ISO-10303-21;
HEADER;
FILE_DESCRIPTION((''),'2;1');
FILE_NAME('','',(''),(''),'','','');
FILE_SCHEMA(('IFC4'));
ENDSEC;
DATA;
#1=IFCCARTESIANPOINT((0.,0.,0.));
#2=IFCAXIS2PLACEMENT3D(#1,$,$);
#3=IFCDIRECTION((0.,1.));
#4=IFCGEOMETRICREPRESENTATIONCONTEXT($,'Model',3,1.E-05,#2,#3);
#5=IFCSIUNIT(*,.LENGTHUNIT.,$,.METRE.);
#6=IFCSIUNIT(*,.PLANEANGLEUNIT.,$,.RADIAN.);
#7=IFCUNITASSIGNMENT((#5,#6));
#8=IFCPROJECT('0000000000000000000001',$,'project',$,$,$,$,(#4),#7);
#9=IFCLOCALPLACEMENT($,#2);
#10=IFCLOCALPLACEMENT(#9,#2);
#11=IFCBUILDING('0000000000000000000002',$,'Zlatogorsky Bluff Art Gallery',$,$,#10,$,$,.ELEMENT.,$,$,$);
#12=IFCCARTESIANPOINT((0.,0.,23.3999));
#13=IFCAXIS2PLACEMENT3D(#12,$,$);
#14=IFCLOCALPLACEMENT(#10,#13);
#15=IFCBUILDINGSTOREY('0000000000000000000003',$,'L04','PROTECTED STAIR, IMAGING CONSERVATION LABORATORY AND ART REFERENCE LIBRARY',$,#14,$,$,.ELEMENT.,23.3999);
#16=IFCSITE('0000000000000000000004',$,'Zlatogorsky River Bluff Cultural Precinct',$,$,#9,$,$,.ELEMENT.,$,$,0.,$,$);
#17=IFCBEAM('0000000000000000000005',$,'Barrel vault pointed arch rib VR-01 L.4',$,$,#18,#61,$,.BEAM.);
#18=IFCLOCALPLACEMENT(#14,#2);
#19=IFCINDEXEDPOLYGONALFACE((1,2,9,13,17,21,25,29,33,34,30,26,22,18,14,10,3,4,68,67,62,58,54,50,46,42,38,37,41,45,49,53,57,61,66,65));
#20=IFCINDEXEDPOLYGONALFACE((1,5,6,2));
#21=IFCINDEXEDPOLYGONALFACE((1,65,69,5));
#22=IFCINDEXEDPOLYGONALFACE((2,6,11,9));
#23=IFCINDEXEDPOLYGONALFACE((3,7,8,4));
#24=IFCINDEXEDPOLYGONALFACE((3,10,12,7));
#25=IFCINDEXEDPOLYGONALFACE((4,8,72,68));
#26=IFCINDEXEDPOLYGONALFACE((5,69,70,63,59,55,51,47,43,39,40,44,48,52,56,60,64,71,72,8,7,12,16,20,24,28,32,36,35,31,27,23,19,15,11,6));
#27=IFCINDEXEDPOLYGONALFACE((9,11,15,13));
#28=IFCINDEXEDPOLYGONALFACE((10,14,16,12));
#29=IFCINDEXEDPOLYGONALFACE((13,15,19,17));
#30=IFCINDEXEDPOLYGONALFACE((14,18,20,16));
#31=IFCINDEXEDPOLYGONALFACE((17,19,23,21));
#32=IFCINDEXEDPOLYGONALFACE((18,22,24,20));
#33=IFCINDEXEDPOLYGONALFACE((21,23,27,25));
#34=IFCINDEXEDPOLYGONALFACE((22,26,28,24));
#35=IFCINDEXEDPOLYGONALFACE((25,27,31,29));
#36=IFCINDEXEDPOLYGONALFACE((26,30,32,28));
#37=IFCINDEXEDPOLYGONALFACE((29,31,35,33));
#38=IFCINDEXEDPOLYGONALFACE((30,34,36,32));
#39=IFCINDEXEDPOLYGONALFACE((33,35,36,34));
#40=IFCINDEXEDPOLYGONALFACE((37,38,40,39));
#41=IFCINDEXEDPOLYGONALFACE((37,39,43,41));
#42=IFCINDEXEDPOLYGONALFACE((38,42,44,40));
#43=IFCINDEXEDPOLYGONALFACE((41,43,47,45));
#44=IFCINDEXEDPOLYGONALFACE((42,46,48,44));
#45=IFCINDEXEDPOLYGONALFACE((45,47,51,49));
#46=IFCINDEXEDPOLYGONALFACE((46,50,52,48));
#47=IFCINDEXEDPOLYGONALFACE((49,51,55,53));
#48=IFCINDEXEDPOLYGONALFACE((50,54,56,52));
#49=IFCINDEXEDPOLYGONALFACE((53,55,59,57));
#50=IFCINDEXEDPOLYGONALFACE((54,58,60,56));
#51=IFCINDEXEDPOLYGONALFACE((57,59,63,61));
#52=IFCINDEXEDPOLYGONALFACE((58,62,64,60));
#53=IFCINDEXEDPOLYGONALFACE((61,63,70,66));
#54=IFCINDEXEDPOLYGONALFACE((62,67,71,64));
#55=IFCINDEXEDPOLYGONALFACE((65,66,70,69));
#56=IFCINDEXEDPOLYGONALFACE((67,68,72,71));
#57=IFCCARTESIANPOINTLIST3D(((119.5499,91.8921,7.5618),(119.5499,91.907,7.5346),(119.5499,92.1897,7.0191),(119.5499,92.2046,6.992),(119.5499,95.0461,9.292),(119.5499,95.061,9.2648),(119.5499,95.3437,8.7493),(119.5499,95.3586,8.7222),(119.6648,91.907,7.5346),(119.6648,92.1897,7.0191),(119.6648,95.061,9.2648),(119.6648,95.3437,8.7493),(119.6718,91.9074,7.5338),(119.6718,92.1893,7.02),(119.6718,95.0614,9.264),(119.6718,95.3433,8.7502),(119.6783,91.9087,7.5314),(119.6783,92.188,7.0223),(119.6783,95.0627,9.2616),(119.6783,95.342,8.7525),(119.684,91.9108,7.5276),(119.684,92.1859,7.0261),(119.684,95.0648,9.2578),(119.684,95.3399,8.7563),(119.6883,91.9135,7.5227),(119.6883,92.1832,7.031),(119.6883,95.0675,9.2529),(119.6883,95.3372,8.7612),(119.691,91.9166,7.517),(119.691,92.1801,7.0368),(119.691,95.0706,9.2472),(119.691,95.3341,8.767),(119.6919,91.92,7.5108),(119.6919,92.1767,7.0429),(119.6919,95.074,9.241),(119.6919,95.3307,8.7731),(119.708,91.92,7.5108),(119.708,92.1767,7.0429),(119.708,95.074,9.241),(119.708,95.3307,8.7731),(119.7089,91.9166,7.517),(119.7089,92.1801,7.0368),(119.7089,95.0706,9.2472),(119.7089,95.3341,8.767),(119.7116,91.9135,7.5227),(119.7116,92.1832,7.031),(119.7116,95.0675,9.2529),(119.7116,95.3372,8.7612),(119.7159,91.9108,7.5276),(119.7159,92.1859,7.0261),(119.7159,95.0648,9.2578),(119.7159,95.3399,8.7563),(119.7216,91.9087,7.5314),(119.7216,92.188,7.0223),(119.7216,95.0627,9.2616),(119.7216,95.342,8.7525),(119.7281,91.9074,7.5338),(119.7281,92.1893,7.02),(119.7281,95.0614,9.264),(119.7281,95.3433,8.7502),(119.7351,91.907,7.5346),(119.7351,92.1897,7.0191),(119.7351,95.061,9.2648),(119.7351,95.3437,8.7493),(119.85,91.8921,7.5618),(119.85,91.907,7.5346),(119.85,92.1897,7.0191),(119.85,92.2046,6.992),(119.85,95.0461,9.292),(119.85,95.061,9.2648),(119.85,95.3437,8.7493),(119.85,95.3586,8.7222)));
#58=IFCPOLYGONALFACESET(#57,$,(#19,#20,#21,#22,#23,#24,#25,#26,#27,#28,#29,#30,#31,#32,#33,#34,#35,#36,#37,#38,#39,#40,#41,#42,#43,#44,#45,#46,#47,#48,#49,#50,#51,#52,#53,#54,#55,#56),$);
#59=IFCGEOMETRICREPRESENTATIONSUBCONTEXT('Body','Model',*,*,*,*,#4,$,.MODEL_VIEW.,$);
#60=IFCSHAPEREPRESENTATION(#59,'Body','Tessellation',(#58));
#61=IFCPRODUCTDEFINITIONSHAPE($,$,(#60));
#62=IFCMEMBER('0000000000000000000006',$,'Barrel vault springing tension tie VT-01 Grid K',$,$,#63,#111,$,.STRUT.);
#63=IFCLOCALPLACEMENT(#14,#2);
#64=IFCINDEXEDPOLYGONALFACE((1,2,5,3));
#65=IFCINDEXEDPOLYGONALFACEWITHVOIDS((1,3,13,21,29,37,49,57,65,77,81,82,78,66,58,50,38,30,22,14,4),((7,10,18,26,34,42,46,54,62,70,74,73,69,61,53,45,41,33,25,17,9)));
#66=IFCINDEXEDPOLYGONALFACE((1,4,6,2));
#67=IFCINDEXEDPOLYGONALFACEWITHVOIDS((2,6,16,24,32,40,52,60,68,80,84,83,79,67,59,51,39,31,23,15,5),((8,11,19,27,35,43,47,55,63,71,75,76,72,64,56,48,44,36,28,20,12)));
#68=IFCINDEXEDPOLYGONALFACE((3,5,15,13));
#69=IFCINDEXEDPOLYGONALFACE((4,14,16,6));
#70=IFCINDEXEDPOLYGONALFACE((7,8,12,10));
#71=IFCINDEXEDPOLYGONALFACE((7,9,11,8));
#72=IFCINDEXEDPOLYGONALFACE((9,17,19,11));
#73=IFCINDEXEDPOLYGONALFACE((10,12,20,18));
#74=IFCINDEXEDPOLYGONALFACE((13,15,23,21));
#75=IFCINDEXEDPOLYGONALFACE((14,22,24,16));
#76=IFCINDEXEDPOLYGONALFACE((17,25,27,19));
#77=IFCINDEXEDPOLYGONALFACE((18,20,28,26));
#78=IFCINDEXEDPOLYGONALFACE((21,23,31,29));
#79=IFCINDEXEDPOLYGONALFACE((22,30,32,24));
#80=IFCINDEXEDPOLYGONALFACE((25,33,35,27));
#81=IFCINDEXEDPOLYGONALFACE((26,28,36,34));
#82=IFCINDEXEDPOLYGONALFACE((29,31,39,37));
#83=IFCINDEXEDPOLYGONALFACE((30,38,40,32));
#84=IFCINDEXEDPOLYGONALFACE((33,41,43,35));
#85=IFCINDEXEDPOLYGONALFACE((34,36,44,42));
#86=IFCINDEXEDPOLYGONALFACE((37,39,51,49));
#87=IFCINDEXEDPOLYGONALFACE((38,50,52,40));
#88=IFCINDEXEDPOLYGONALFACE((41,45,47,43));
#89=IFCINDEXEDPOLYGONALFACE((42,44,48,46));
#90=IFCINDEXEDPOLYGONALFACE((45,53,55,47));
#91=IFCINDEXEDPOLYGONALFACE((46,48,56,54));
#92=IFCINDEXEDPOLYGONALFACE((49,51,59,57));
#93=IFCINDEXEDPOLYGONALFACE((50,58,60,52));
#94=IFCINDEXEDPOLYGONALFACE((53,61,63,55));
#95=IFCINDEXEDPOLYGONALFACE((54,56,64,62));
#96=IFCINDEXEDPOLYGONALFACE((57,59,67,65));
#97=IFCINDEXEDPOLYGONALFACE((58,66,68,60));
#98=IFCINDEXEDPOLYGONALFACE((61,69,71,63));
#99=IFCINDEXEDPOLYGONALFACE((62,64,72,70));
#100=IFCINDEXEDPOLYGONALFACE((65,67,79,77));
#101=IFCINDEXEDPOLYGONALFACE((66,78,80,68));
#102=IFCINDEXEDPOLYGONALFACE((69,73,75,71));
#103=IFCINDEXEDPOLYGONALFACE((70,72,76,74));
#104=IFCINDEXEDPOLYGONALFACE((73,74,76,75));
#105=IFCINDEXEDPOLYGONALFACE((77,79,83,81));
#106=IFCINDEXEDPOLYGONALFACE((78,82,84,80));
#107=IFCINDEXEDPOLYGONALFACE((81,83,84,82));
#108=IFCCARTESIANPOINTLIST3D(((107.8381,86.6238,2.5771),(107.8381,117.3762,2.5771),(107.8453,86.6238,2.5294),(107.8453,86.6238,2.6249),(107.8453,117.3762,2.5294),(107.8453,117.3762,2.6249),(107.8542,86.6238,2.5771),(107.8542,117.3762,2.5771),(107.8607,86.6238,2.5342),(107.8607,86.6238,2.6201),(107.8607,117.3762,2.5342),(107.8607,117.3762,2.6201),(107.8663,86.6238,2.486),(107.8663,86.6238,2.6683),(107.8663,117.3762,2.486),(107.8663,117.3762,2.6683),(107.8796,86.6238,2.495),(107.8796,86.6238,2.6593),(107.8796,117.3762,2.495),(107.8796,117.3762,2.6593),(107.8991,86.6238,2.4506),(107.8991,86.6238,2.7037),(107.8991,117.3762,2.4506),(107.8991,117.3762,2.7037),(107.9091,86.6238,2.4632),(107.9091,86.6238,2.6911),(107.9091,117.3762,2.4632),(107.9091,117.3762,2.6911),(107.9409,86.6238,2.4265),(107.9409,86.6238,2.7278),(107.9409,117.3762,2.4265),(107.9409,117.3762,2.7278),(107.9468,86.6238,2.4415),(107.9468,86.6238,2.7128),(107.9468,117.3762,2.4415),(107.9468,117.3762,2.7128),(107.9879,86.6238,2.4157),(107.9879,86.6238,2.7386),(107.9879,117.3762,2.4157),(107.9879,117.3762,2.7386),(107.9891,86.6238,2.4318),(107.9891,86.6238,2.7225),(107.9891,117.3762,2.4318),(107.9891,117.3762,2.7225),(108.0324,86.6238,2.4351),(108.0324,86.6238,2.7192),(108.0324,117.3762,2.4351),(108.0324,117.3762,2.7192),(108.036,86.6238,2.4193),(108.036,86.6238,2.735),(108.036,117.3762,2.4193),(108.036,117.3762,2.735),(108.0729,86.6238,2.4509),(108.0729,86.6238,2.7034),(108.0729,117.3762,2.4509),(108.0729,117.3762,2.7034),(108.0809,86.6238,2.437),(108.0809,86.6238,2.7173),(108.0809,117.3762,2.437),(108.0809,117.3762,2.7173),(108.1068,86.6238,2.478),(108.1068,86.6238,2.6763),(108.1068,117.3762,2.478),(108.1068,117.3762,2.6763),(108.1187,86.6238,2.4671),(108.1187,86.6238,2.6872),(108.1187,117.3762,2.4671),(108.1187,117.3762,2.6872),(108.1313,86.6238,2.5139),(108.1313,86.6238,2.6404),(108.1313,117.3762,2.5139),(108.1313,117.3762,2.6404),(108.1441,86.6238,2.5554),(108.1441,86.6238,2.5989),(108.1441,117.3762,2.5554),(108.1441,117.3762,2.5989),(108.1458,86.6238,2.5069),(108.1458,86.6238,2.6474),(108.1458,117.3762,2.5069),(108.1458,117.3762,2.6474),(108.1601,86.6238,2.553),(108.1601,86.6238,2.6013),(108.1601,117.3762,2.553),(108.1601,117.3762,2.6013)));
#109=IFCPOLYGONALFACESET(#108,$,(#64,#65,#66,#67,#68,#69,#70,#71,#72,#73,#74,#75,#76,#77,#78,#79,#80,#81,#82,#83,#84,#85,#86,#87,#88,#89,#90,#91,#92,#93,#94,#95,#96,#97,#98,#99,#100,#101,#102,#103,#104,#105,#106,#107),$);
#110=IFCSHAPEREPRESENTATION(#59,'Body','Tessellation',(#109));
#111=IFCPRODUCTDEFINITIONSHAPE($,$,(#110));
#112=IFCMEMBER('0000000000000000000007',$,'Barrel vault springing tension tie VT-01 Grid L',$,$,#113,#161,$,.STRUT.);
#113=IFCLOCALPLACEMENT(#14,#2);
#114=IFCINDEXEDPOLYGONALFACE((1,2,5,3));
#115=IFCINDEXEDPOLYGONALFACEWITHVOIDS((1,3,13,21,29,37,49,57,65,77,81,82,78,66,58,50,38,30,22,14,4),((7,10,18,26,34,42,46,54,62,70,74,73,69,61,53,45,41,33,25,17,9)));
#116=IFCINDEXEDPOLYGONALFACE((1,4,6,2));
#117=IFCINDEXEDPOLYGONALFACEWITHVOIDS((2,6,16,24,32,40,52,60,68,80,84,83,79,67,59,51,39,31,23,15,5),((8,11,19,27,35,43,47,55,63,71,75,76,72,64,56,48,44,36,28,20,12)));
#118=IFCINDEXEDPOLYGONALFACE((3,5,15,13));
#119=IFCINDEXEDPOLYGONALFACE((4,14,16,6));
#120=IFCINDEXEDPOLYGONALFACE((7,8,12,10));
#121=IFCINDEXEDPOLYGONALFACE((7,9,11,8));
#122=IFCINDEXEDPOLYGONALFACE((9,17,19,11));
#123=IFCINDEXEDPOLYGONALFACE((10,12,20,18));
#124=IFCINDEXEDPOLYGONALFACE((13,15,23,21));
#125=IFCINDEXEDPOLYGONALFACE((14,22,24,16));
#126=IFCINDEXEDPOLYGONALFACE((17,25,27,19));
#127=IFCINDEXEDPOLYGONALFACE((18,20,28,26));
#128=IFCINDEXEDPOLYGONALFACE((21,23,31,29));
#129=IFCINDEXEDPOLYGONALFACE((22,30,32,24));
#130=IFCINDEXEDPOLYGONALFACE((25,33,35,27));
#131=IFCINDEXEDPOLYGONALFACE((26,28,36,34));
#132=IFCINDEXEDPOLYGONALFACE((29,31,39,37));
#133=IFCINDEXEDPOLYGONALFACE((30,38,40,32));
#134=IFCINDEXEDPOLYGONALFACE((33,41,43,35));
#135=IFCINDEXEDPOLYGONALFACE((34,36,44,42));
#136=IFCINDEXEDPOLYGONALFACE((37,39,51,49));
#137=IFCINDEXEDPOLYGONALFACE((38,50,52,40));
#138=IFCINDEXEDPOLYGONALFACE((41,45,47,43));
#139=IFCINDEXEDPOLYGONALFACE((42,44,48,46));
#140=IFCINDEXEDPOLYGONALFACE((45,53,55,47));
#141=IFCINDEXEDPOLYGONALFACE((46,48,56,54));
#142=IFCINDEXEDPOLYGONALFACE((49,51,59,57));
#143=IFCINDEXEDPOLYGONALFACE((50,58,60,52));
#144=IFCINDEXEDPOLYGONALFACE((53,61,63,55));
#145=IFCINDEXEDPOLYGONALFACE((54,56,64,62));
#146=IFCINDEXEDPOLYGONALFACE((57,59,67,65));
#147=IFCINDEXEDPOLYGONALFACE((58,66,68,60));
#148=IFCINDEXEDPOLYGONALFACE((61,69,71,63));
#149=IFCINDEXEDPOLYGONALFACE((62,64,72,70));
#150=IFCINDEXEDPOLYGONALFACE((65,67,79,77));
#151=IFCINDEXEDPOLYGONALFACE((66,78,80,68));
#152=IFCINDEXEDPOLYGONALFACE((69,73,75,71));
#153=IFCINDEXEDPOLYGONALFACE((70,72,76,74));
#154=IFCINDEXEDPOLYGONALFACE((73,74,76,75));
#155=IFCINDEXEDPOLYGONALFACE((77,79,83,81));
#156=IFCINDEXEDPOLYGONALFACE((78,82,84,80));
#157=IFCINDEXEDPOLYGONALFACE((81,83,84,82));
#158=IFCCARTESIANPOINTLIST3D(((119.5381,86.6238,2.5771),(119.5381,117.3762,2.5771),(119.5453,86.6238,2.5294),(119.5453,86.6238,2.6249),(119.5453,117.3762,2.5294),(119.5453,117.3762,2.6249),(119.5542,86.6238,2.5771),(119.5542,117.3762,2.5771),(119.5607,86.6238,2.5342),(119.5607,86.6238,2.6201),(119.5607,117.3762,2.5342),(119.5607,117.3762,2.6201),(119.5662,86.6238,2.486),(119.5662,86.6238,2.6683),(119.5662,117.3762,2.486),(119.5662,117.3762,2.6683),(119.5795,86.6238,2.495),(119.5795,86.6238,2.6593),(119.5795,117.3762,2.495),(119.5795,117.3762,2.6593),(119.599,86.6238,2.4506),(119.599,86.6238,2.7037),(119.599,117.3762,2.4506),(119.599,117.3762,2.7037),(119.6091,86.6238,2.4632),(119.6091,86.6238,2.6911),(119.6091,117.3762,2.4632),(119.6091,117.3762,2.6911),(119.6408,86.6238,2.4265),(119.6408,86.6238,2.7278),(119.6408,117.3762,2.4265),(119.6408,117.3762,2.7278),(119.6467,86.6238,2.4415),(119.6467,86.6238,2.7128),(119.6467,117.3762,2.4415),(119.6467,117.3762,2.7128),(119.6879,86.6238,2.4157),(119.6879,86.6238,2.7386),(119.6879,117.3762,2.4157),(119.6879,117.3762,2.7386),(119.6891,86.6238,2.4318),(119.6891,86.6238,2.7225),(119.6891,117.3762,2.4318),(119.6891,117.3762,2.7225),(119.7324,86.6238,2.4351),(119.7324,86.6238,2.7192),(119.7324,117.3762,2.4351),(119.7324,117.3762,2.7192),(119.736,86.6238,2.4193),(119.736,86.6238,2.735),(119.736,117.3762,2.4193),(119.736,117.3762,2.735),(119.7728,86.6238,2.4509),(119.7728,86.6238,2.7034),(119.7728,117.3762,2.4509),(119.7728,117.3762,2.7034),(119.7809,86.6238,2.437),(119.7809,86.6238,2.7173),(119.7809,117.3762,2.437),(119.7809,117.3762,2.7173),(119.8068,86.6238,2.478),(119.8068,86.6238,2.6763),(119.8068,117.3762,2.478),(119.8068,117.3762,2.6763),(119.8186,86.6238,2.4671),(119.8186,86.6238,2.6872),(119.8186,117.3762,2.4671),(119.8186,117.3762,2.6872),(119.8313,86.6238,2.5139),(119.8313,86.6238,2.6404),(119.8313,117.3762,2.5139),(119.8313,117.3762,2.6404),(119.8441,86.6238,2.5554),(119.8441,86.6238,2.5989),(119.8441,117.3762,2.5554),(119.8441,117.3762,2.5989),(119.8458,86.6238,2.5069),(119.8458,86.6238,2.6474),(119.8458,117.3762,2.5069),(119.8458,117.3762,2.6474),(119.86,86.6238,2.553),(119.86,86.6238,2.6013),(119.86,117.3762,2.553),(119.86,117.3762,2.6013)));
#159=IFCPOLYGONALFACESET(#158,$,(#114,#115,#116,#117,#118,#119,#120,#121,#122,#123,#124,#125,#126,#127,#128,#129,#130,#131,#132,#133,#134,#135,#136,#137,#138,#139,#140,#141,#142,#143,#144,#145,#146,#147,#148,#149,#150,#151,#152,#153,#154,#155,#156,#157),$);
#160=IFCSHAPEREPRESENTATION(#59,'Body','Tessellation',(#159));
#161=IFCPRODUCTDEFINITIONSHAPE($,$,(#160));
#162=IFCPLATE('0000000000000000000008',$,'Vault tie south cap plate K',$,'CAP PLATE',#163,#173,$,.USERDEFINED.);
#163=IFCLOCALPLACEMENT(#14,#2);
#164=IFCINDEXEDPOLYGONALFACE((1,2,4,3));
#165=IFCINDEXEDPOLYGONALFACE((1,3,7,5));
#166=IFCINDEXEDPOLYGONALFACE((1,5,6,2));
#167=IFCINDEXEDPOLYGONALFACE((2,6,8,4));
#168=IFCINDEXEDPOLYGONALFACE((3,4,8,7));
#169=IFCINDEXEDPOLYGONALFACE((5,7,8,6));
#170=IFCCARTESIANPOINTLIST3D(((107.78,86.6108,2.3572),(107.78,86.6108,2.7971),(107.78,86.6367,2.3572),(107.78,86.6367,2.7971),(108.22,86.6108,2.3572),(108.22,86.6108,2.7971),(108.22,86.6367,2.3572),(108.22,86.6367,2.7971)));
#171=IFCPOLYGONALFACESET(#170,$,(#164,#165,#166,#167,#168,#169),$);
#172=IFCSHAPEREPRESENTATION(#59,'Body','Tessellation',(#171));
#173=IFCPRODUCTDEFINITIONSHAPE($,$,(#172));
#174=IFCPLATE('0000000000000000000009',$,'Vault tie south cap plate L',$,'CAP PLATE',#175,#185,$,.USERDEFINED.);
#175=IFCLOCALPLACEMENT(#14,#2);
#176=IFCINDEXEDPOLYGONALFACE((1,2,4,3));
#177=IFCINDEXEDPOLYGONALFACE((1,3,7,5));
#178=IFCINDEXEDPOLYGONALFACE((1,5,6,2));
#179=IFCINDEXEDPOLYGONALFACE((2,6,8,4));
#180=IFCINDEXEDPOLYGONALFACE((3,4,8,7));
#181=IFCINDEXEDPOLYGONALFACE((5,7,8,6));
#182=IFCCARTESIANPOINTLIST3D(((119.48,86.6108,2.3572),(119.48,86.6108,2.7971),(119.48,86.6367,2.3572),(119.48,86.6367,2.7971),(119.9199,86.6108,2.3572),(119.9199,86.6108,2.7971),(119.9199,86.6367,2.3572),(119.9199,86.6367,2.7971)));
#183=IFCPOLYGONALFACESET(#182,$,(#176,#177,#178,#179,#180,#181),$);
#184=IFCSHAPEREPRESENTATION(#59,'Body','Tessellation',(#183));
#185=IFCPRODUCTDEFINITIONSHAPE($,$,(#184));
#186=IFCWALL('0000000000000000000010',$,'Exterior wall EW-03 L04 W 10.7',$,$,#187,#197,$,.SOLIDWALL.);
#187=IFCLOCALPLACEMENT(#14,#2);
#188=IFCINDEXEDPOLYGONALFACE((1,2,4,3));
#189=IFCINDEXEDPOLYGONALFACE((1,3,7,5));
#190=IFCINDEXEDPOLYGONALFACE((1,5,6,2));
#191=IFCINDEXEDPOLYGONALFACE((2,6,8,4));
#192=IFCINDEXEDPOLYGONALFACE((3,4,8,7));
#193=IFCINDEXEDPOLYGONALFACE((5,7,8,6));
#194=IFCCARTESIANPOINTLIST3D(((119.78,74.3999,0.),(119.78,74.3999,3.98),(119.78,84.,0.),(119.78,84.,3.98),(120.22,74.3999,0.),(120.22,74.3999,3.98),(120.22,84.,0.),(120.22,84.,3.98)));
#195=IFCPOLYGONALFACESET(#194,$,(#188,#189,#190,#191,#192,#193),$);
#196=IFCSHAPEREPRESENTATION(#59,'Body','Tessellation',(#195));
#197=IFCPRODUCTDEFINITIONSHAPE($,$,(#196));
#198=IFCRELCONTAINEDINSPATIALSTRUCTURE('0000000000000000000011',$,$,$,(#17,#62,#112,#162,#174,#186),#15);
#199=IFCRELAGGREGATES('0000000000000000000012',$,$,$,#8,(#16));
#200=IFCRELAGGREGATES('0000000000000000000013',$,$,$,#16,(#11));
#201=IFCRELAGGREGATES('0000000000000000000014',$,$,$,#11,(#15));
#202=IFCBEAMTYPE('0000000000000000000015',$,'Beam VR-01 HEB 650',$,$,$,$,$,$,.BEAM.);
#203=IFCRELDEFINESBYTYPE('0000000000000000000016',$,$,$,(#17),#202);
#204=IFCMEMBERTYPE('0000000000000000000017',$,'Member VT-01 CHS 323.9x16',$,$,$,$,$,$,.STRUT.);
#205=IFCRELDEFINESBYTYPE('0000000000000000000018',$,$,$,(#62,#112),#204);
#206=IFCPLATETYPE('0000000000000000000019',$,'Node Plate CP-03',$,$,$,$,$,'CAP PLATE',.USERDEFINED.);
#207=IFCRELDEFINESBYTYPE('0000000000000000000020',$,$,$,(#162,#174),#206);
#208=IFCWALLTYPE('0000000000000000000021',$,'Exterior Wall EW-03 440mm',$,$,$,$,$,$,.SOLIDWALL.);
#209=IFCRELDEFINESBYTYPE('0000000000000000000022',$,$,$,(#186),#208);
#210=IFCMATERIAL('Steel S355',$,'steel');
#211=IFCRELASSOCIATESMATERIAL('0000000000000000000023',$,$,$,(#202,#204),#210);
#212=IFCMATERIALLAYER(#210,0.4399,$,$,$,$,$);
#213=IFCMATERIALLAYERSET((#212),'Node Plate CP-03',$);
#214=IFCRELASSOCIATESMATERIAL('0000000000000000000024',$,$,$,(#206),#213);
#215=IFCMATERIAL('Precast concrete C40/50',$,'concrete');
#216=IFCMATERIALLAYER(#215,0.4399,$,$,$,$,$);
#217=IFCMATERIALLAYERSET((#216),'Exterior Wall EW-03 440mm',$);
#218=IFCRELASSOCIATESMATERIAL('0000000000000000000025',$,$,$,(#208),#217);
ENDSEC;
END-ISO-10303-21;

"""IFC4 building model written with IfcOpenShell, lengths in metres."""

from ifc_helpers import new_model, si_unit, direction, frame, frame_2d, origin, origin_2d, place, context, subcontext, project, spatial, rectangle, hollow_circle, i_section, extrude, material, layer, layer_set, material_profile, profile_set, type_object, element, save


model = new_model("IFC4")

# Units and contexts
model_context = context("Model", 3, precision=1e-05, world=origin(), true_north=direction((0.0, 1.0)))
body_context = subcontext(model_context, "Body", "Model", "MODEL_VIEW")
ifc_project = project(units=[si_unit("LENGTHUNIT", "METRE"), si_unit("PLANEANGLEUNIT", "RADIAN")], contexts=[model_context])

# Site, building, storey
site_placement = place(None, origin())
site = spatial("IfcSite", under=ifc_project, at=site_placement, Name="Zlatogorsky River Bluff Cultural Precinct", CompositionType="ELEMENT", RefElevation=0.0)
building_placement = place(site_placement, origin())
building = spatial("IfcBuilding", under=site, at=building_placement, Name="Zlatogorsky Bluff Art Gallery", CompositionType="ELEMENT")
storey_placement = place(building_placement, frame((0.0, 0.0, 23.3999)))
storey = spatial("IfcBuildingStorey", under=building, at=storey_placement, Name="L04", Description="PROTECTED STAIR, IMAGING CONSERVATION LABORATORY AND ART REFERENCE LIBRARY", CompositionType="ELEMENT", Elevation=23.3999)

# Shared definitions
ifc_material_1 = material(Name="Steel S355", Category="steel")

# Beam
ifc_material_profile_1 = material_profile(ifc_material_1, i_section(OverallWidth=0.3, OverallDepth=0.6499, WebThickness=0.0161, FlangeThickness=0.031, FilletRadius=0.0271, at=origin_2d()), Name="HEB 650")
ifc_profile_set_1 = profile_set([ifc_material_profile_1], Name="Steel S355")
beam_type_1 = type_object("IfcBeamType", Name="Beam VR-01 HEB 650", PredefinedType="BEAM", material=ifc_profile_set_1)
beam_1_placement = place(storey_placement, frame((119.7, 92.0483, 7.2769), z_axis=(0.0, 0.876744, 0.480957), x_axis=(-1.0, 0.0, 0.0)))
element("IfcBeam", 1, at=beam_1_placement, inside=storey, type_object=beam_type_1, Name="Barrel vault pointed arch rib VR-01 L.4", PredefinedType="BEAM", context=body_context, shape_type="SweptSolid", body=[
    extrude(i_section(OverallWidth=0.3, OverallDepth=0.6499, WebThickness=0.0161, FlangeThickness=0.031, FilletRadius=0.0271, at=origin_2d()), origin(), (0.0, 0.0, 1.0), 3.5974),
])

# Members
ifc_material_profile_2 = material_profile(ifc_material_1, hollow_circle(Radius=0.1619, WallThickness=0.0161, at=origin_2d()), Name="CHS 323.9x16")
ifc_profile_set_2 = profile_set([ifc_material_profile_2], Name="Steel S355")
member_type = type_object("IfcMemberType", Name="Member VT-01 CHS 323.9x16", PredefinedType="STRUT", material=ifc_profile_set_2)
for number, where, z_axis, x_axis, name in (
    (2, (108.0, 86.6238, 2.5771), (0.0, 1.0, 0.0), (-1.0, 0.0, 0.0), "Barrel vault springing tension tie VT-01 Grid K"),
    (3, (119.7, 86.6238, 2.5771), (0.0, 1.0, 0.0), (-1.0, 0.0, 0.0), "Barrel vault springing tension tie VT-01 Grid L"),
):
    element("IfcMember", number, at=place(storey_placement, frame(where, z_axis=z_axis, x_axis=x_axis)), inside=storey, type_object=member_type, Name=name, PredefinedType="STRUT", context=body_context, shape_type="SweptSolid", body=[
        extrude(hollow_circle(Radius=0.1619, WallThickness=0.0161, at=origin_2d()), origin(), (0.0, 0.0, 1.0), 30.7524),
    ])

# Plates
ifc_layer_1 = layer(ifc_material_1, 0.4399)
ifc_layer_set_1 = layer_set([ifc_layer_1], Name="Node Plate CP-03")
plate_type = type_object("IfcPlateType", Name="Node Plate CP-03", ElementType="CAP PLATE", PredefinedType="USERDEFINED", material=ifc_layer_set_1)
for number, where, z_axis, x_axis, name in (
    (4, (108.0, 86.6238, 2.3572), (0.0, 0.0, 1.0), (1.0, 0.0, 0.0), "Vault tie south cap plate K"),
    (5, (119.7, 86.6238, 2.3572), (0.0, 0.0, 1.0), (1.0, 0.0, 0.0), "Vault tie south cap plate L"),
):
    element("IfcPlate", number, at=place(storey_placement, frame(where, z_axis=z_axis, x_axis=x_axis)), inside=storey, type_object=plate_type, Name=name, ObjectType="CAP PLATE", PredefinedType="USERDEFINED", context=body_context, shape_type="SweptSolid", body=[
        extrude(rectangle(XDim=0.4399, YDim=0.0259, at=origin_2d()), origin(), (0.0, 0.0, 1.0), 0.4399),
    ])

# Wall
ifc_material_2 = material(Name="Precast concrete C40/50", Category="concrete")
ifc_layer_2 = layer(ifc_material_2, 0.4399)
ifc_layer_set_2 = layer_set([ifc_layer_2], Name="Exterior Wall EW-03 440mm")
wall_type_1 = type_object("IfcWallType", Name="Exterior Wall EW-03 440mm", PredefinedType="SOLIDWALL", material=ifc_layer_set_2)
wall_1_placement = place(storey_placement, frame((120.0, 84.0, 0.0), z_axis=(0.0, 0.0, 1.0), x_axis=(0.0, -1.0, 0.0)))
element("IfcWall", 6, at=wall_1_placement, inside=storey, type_object=wall_type_1, Name="Exterior wall EW-03 L04 W 10.7", PredefinedType="SOLIDWALL", context=body_context, shape_type="SweptSolid", body=[
    extrude(rectangle(XDim=9.6001, YDim=0.4399, at=frame_2d((4.8, 0.0))), origin(), (0.0, 0.0, 1.0), 3.98),
])

save(model, "model.ifc")
